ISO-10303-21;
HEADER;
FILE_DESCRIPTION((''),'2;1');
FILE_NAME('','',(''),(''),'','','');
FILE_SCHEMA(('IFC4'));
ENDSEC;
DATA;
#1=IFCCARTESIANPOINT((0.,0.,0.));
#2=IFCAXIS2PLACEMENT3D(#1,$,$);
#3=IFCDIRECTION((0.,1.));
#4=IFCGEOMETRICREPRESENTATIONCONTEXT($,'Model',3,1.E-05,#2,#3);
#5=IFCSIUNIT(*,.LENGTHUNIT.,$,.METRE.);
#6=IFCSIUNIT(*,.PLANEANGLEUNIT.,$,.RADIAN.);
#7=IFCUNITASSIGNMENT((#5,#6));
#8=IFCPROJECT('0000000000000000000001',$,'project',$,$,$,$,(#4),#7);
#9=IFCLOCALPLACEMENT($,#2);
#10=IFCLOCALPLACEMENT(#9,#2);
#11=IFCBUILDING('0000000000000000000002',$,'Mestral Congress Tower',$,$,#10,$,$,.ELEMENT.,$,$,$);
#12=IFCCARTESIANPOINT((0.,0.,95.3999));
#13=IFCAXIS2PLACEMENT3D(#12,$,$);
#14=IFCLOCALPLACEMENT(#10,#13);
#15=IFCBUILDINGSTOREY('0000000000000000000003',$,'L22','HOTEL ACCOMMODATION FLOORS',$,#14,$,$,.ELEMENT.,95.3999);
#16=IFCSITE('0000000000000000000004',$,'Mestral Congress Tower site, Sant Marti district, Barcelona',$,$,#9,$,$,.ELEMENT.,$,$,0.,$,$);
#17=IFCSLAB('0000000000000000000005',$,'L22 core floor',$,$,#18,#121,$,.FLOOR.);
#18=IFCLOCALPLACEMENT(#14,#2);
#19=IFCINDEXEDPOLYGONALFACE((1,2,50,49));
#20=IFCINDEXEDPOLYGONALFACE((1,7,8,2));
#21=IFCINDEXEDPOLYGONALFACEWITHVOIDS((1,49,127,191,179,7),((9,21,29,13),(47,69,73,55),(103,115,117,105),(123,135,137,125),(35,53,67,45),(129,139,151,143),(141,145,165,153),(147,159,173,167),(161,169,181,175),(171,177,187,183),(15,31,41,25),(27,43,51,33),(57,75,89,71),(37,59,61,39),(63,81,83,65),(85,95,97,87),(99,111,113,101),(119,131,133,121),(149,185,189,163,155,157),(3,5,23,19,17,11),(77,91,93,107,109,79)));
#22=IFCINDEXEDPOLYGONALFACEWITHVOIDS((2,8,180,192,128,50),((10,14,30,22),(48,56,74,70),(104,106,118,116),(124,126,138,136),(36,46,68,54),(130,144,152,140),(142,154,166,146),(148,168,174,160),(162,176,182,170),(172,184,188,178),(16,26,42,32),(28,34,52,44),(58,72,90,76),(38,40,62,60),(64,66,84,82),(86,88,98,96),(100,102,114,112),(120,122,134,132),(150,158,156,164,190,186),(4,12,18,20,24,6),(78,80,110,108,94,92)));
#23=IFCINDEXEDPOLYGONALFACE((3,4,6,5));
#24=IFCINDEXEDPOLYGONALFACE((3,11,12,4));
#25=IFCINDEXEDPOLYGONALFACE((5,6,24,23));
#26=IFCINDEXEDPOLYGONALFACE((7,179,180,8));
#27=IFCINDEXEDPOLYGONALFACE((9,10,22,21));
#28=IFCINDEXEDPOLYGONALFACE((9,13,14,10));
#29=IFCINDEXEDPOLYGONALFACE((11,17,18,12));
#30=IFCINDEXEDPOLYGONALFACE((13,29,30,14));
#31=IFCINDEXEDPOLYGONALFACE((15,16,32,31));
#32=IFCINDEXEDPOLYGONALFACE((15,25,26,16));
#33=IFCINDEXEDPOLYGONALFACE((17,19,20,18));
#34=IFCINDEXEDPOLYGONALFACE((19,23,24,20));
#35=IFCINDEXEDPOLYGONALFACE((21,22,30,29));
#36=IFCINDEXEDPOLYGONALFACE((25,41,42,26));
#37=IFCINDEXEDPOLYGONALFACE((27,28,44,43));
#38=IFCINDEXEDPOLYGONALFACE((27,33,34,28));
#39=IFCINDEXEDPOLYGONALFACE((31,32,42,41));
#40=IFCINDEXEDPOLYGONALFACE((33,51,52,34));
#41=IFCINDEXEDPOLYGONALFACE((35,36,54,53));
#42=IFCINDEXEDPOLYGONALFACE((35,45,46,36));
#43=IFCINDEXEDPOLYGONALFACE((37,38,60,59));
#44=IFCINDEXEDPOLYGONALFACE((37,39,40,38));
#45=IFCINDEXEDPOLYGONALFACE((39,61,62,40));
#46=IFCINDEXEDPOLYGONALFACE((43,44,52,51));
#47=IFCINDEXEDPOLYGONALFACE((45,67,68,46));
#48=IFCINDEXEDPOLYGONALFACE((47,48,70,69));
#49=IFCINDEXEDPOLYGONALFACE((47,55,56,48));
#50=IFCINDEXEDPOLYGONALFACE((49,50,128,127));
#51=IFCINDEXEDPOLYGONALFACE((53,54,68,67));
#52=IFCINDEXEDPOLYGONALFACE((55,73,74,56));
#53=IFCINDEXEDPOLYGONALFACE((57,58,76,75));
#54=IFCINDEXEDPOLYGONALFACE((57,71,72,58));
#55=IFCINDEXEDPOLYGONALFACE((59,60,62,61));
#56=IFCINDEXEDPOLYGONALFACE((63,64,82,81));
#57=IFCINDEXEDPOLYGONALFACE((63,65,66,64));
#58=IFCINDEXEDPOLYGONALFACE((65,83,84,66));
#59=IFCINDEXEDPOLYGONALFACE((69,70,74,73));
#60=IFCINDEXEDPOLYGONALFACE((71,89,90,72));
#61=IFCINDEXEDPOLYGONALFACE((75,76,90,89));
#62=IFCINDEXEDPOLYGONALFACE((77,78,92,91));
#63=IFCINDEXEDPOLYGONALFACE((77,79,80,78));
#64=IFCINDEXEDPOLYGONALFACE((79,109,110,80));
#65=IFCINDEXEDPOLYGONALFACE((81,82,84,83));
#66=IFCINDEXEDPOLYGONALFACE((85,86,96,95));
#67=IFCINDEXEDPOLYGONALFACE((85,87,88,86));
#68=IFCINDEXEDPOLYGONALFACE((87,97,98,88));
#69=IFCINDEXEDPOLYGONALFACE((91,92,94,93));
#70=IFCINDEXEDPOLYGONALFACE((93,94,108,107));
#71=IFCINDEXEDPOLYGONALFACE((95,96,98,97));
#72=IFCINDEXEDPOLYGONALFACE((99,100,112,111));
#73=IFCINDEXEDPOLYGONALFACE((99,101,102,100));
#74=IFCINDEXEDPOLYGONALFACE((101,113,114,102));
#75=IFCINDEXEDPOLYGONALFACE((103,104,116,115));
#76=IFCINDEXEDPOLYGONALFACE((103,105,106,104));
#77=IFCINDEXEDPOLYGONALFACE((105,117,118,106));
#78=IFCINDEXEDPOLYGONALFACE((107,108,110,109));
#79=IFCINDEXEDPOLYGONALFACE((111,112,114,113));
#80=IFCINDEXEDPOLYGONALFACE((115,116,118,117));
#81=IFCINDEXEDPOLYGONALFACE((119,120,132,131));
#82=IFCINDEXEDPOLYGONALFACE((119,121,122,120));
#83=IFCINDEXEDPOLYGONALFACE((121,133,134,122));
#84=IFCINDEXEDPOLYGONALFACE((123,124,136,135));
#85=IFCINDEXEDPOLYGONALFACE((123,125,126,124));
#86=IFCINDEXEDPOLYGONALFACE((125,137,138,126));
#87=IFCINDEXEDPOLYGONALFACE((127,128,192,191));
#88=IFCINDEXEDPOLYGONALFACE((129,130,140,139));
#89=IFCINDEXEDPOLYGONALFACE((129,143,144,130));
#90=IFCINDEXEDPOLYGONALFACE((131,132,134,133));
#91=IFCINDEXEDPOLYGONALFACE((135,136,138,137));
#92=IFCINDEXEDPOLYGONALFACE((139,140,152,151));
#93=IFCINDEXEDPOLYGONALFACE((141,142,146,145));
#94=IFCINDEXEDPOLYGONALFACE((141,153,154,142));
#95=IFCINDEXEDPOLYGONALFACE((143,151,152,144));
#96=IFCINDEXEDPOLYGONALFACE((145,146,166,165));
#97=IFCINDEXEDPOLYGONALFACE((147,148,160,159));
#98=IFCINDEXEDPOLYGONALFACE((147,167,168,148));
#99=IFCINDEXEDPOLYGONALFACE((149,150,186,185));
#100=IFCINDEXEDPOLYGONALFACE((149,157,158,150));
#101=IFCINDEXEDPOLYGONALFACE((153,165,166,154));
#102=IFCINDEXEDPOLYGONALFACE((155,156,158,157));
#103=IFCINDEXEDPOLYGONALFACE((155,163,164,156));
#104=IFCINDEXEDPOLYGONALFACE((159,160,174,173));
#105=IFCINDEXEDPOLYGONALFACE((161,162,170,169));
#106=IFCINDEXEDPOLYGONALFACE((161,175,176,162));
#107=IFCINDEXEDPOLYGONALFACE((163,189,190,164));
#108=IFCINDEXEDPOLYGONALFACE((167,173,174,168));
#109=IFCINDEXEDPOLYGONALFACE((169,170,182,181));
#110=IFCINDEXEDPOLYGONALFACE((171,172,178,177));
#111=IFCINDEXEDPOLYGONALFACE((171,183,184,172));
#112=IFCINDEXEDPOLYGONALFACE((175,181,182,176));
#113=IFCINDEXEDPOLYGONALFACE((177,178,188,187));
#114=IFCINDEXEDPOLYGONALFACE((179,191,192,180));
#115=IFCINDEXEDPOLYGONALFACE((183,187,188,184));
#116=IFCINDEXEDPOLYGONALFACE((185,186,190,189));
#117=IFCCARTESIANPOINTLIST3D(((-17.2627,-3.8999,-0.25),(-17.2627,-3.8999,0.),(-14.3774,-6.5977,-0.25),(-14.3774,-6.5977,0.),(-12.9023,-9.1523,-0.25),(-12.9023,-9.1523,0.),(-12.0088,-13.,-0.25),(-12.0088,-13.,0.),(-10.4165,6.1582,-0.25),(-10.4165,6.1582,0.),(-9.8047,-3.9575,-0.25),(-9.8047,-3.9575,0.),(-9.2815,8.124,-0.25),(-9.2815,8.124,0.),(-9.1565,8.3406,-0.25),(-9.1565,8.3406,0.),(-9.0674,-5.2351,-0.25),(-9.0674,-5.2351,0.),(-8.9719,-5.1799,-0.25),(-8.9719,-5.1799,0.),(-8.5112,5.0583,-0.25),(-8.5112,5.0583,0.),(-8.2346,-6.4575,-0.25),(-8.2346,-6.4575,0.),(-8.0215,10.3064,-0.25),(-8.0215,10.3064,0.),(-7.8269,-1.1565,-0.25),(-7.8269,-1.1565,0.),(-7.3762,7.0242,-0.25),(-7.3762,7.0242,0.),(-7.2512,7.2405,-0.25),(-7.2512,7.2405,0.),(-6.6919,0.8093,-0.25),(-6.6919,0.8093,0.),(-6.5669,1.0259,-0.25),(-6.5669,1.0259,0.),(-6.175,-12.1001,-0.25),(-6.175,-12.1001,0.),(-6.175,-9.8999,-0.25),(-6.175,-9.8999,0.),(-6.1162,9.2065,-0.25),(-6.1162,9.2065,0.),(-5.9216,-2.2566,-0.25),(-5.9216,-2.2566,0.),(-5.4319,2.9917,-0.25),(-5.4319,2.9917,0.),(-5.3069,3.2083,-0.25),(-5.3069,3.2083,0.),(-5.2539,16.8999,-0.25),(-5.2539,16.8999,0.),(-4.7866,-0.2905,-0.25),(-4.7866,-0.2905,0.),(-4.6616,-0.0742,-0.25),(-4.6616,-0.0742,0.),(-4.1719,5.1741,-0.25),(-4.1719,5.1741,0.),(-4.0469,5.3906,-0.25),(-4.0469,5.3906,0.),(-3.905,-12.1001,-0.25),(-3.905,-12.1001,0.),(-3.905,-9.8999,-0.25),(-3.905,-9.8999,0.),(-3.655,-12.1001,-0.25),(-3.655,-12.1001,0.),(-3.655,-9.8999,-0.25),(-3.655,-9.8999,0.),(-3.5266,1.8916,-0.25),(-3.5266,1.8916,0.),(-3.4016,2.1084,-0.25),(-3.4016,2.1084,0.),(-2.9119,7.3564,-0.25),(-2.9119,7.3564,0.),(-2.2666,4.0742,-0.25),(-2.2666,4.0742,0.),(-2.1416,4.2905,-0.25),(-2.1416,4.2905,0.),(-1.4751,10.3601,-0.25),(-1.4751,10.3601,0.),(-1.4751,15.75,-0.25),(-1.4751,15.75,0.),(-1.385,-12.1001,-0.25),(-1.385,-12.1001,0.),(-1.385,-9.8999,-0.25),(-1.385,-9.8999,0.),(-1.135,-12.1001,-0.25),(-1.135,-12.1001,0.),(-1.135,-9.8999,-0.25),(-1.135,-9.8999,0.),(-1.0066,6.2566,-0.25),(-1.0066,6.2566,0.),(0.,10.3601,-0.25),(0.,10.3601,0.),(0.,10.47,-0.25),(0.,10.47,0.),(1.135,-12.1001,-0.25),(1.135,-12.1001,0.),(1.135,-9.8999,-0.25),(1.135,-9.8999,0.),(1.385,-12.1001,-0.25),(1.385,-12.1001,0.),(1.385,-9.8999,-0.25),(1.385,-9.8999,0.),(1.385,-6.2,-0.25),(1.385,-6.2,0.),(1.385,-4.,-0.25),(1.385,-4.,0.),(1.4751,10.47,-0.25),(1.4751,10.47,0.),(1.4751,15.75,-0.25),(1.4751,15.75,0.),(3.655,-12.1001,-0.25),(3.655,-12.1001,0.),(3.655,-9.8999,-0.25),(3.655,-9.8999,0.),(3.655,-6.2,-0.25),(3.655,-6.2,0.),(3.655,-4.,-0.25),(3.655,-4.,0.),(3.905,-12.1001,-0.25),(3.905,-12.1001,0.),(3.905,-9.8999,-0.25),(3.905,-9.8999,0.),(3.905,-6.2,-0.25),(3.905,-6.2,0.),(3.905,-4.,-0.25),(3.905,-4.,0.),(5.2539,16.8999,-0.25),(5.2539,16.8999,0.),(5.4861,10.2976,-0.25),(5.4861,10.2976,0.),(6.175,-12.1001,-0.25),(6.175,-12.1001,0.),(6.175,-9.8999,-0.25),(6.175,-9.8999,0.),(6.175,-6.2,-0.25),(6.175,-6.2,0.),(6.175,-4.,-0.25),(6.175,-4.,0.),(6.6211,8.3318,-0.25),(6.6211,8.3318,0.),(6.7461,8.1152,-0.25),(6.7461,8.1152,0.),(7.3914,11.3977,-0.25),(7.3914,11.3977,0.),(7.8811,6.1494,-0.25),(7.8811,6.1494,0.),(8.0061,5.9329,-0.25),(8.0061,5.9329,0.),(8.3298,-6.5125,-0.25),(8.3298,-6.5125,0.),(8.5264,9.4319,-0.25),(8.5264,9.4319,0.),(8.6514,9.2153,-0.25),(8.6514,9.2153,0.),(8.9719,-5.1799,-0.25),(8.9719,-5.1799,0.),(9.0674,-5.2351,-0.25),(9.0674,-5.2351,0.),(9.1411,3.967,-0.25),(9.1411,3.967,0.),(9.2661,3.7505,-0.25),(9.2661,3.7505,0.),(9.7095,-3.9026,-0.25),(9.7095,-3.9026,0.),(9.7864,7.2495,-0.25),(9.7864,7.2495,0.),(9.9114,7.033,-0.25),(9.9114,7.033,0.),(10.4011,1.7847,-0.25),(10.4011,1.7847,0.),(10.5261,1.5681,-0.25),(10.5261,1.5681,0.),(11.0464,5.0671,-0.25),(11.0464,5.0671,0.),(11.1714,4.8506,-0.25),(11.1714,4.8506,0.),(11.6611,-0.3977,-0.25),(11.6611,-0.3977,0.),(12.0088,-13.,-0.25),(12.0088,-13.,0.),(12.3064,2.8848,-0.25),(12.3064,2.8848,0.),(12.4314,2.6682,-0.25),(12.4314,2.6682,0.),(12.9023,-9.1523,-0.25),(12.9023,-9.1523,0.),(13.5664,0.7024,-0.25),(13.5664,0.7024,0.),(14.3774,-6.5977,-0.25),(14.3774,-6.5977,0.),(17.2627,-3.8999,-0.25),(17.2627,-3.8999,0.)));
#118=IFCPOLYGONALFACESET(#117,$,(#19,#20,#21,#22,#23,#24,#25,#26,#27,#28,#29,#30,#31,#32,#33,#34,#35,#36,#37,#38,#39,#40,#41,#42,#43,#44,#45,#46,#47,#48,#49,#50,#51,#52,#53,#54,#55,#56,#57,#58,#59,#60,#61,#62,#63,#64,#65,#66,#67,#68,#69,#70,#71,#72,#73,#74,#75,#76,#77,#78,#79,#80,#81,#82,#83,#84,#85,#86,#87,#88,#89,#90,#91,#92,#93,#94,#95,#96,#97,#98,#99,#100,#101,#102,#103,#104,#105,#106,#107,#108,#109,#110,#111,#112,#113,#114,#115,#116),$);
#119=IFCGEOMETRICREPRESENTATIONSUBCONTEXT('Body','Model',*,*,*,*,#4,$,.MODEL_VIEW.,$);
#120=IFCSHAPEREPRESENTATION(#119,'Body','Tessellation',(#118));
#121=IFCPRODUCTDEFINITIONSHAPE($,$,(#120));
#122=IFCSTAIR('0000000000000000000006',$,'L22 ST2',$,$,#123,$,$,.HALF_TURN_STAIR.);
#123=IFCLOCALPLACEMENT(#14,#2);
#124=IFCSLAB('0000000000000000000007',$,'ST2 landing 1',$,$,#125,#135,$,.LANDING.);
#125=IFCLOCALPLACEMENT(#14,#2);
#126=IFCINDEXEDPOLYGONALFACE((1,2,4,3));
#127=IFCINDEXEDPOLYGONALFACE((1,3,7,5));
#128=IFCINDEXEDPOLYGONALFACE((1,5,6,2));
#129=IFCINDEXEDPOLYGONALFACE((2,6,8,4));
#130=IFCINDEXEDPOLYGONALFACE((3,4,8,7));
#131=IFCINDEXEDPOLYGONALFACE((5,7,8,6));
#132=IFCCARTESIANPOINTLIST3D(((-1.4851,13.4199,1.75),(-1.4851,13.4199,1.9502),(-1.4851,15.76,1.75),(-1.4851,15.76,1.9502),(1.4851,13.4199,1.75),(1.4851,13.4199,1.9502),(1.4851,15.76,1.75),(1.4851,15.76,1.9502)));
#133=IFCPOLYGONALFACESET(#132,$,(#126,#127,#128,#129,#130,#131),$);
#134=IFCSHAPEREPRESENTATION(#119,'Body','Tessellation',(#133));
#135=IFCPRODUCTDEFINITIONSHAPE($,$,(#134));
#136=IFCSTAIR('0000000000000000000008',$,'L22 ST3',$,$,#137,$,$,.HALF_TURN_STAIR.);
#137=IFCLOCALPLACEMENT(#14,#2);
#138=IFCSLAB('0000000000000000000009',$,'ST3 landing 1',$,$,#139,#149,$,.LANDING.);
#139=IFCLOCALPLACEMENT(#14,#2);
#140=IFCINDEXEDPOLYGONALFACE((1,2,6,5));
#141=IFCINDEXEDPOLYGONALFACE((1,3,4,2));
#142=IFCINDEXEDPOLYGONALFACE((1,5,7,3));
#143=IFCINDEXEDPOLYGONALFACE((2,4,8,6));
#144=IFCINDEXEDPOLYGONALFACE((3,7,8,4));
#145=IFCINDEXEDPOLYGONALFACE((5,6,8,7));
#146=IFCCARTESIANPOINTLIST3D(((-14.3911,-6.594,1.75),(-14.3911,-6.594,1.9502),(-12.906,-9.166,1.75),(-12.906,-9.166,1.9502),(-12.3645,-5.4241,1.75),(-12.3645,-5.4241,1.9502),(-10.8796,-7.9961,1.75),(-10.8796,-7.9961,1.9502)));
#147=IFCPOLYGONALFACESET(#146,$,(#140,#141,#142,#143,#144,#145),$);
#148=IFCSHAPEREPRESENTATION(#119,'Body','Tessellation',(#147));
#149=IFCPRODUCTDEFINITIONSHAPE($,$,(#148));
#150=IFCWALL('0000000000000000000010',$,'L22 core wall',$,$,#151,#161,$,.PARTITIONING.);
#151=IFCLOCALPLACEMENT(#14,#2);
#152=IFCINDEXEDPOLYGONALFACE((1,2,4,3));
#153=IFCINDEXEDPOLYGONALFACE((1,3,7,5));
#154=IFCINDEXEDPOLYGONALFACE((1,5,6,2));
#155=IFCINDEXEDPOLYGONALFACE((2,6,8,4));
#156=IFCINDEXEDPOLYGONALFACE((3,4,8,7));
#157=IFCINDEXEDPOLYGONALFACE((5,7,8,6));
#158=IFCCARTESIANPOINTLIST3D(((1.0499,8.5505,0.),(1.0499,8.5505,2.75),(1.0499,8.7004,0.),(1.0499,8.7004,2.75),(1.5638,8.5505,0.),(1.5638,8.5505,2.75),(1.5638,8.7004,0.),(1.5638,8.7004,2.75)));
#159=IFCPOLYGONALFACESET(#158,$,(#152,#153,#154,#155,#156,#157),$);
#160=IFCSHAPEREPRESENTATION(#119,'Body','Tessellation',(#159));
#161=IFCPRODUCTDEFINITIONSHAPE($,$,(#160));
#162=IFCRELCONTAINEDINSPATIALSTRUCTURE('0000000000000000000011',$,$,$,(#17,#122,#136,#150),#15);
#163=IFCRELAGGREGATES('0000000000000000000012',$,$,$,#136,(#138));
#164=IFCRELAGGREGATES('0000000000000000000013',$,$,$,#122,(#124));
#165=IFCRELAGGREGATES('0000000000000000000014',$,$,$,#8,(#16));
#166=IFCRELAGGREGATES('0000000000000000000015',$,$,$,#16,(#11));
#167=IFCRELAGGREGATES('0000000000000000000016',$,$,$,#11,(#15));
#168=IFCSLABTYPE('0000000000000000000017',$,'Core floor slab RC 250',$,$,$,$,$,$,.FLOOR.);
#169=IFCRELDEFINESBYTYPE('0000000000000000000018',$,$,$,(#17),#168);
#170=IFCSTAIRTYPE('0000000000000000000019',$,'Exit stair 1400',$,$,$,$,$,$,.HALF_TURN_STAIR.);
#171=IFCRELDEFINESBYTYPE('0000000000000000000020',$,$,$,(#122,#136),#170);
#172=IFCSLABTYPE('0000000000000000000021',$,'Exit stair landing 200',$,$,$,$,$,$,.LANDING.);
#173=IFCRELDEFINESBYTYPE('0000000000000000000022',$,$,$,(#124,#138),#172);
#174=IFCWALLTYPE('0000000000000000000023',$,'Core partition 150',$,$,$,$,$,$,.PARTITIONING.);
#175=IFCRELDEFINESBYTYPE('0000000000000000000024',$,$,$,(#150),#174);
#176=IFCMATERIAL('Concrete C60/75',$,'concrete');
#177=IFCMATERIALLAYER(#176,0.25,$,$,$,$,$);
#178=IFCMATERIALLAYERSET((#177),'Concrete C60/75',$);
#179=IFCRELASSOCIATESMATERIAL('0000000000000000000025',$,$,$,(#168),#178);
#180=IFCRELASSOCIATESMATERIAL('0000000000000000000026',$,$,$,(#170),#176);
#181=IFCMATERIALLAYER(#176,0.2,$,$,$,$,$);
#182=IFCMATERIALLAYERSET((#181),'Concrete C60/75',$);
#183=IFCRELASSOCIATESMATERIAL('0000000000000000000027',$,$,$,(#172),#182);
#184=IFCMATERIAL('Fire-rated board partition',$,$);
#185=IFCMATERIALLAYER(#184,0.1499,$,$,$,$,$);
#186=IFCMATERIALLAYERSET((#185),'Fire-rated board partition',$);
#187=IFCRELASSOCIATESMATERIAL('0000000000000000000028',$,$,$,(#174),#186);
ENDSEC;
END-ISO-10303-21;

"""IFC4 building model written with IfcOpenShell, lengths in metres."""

from ifc_helpers import new_model, si_unit, direction, frame, frame_2d, origin, place, context, subcontext, project, spatial, polyline, rectangle, outline, extrude, material, layer, layer_set, type_object, element, aggregate, save


model = new_model("IFC4")

# Units and contexts
model_context = context("Model", 3, precision=1e-05, world=origin(), true_north=direction((0.0, 1.0)))
body_context = subcontext(model_context, "Body", "Model", "MODEL_VIEW")
ifc_project = project(units=[si_unit("LENGTHUNIT", "METRE"), si_unit("PLANEANGLEUNIT", "RADIAN")], contexts=[model_context])

# Site, building, storey
site_placement = place(None, origin())
site = spatial("IfcSite", under=ifc_project, at=site_placement, Name="Mestral Congress Tower site, Sant Marti district, Barcelona", CompositionType="ELEMENT", RefElevation=0.0)
building_placement = place(site_placement, origin())
building = spatial("IfcBuilding", under=site, at=building_placement, Name="Mestral Congress Tower", CompositionType="ELEMENT")
storey_placement = place(building_placement, frame((0.0, 0.0, 95.3999)))
storey = spatial("IfcBuildingStorey", under=building, at=storey_placement, Name="L22", Description="HOTEL ACCOMMODATION FLOORS", CompositionType="ELEMENT", Elevation=95.3999)

# Slab
ifc_material_1 = material(Name="Concrete C60/75", Category="concrete")
ifc_layer_1 = layer(ifc_material_1, 0.25)
ifc_layer_set_1 = layer_set([ifc_layer_1], Name="Concrete C60/75")
slab_type_1 = type_object("IfcSlabType", Name="Core floor slab RC 250", PredefinedType="FLOOR", material=ifc_layer_set_1)
slab_1_placement = place(storey_placement, frame((0.0, 0.0, -0.25)))
element("IfcSlab", 1, at=slab_1_placement, inside=storey, type_object=slab_type_1, Name="L22 core floor", PredefinedType="FLOOR", context=body_context, shape_type="SweptSolid", body=[
    extrude(outline(polyline([(12.0088, -13.0), (-12.0088, -13.0), (-17.2627, -3.8999), (-5.2539, 16.8999), (5.2539, 16.8999), (17.2627, -3.8999), (12.0088, -13.0)]), holes=[polyline([(-3.905, -9.8999), (-6.175, -9.8999), (-6.175, -12.1001), (-3.905, -12.1001), (-3.905, -9.8999)]), polyline([(-1.385, -9.8999), (-3.655, -9.8999), (-3.655, -12.1001), (-1.385, -12.1001), (-1.385, -9.8999)]), polyline([(1.135, -9.8999), (-1.135, -9.8999), (-1.135, -12.1001), (1.135, -12.1001), (1.135, -9.8999)]), polyline([(-9.0674, -5.2351), (-9.8047, -3.9575), (-14.3774, -6.5977), (-12.9023, -9.1523), (-8.2346, -6.4575), (-8.9719, -5.1799), (-9.0674, -5.2351)]), polyline([(-7.8269, -1.1565), (-5.9216, -2.2566), (-4.7866, -0.2905), (-6.6919, 0.8093), (-7.8269, -1.1565)]), polyline([(-4.6616, -0.0742), (-3.5266, 1.8916), (-5.4319, 2.9917), (-6.5669, 1.0259), (-4.6616, -0.0742)]), polyline([(-3.4016, 2.1084), (-2.2666, 4.0742), (-4.1719, 5.1741), (-5.3069, 3.2083), (-3.4016, 2.1084)]), polyline([(-2.1416, 4.2905), (-1.0066, 6.2566), (-2.9119, 7.3564), (-4.0469, 5.3906), (-2.1416, 4.2905)]), polyline([(-10.4165, 6.1582), (-8.5112, 5.0583), (-7.3762, 7.0242), (-9.2815, 8.124), (-10.4165, 6.1582)]), polyline([(-9.1565, 8.3406), (-7.2512, 7.2405), (-6.1162, 9.2065), (-8.0215, 10.3064), (-9.1565, 8.3406)]), polyline([(1.4751, 10.47), (1.4751, 15.75), (-1.4751, 15.75), (-1.4751, 10.3601), (0.0, 10.3601), (0.0, 10.47), (1.4751, 10.47)]), polyline([(3.655, -9.8999), (1.385, -9.8999), (1.385, -12.1001), (3.655, -12.1001), (3.655, -9.8999)]), polyline([(6.175, -9.8999), (3.905, -9.8999), (3.905, -12.1001), (6.175, -12.1001), (6.175, -9.8999)]), polyline([(9.0674, -5.2351), (8.3298, -6.5125), (12.9023, -9.1523), (14.3774, -6.5977), (9.7095, -3.9026), (8.9719, -5.1799), (9.0674, -5.2351)]), polyline([(3.655, -6.2), (3.655, -4.0), (1.385, -4.0), (1.385, -6.2), (3.655, -6.2)]), polyline([(6.175, -4.0), (3.905, -4.0), (3.905, -6.2), (6.175, -6.2), (6.175, -4.0)]), polyline([(12.4314, 2.6682), (10.5261, 1.5681), (11.6611, -0.3977), (13.5664, 0.7024), (12.4314, 2.6682)]), polyline([(11.1714, 4.8506), (9.2661, 3.7505), (10.4011, 1.7847), (12.3064, 2.8848), (11.1714, 4.8506)]), polyline([(8.0061, 5.9329), (9.1411, 3.967), (11.0464, 5.0671), (9.9114, 7.033), (8.0061, 5.9329)]), polyline([(8.6514, 9.2153), (6.7461, 8.1152), (7.8811, 6.1494), (9.7864, 7.2495), (8.6514, 9.2153)]), polyline([(7.3914, 11.3977), (5.4861, 10.2976), (6.6211, 8.3318), (8.5264, 9.4319), (7.3914, 11.3977)])]), origin(), (0.0, 0.0, 1.0), 0.25),
])

# Stairs, slabs
stair_type = type_object("IfcStairType", Name="Exit stair 1400", PredefinedType="HALF_TURN_STAIR", material=ifc_material_1)
placement_1 = place(storey_placement, origin())
stair_1 = element("IfcStair", 2, at=placement_1, inside=storey, type_object=stair_type, Name="L22 ST2", PredefinedType="HALF_TURN_STAIR")
ifc_layer_2 = layer(ifc_material_1, 0.2)
ifc_layer_set_2 = layer_set([ifc_layer_2], Name="Concrete C60/75")
slab_type_2 = type_object("IfcSlabType", Name="Exit stair landing 200", PredefinedType="LANDING", material=ifc_layer_set_2)
placement_2 = place(storey_placement, frame((0.0, 0.0, 1.75)))
slab_2 = element("IfcSlab", 3, at=placement_2, type_object=slab_type_2, Name="ST2 landing 1", PredefinedType="LANDING", context=body_context, shape_type="SweptSolid", body=[
    extrude(outline(polyline([(1.4851, 13.4199), (-1.4851, 13.4199), (-1.4851, 15.76), (1.4851, 15.76), (1.4851, 13.4199)])), origin(), (0.0, 0.0, 1.0), 0.2002),
])
stair_2 = element("IfcStair", 4, at=placement_1, inside=storey, type_object=stair_type, Name="L22 ST3", PredefinedType="HALF_TURN_STAIR")
slab_3 = element("IfcSlab", 5, at=placement_2, type_object=slab_type_2, Name="ST3 landing 1", PredefinedType="LANDING", context=body_context, shape_type="SweptSolid", body=[
    extrude(outline(polyline([(-12.3645, -5.4241), (-10.8796, -7.9961), (-12.906, -9.166), (-14.3911, -6.594), (-12.3645, -5.4241)])), origin(), (0.0, 0.0, 1.0), 0.2002),
])
aggregate(stair_2, [slab_3])

# Wall
ifc_material_2 = material(Name="Fire-rated board partition")
ifc_layer_3 = layer(ifc_material_2, 0.1499)
ifc_layer_set_3 = layer_set([ifc_layer_3], Name="Fire-rated board partition")
wall_type_1 = type_object("IfcWallType", Name="Core partition 150", PredefinedType="PARTITIONING", material=ifc_layer_set_3)
wall_1_placement = place(storey_placement, frame((1.05, 8.6255, 0.0), z_axis=(0.0, 0.0, 1.0), x_axis=(1.0, 0.0, 0.0)))
element("IfcWall", 6, at=wall_1_placement, inside=storey, type_object=wall_type_1, Name="L22 core wall", PredefinedType="PARTITIONING", context=body_context, shape_type="SweptSolid", body=[
    extrude(rectangle(XDim=0.5139, YDim=0.1499, at=frame_2d((0.2568, 0.0))), origin(), (0.0, 0.0, 1.0), 2.75),
])

aggregate(stair_1, [slab_2])

save(model, "model.ifc")
